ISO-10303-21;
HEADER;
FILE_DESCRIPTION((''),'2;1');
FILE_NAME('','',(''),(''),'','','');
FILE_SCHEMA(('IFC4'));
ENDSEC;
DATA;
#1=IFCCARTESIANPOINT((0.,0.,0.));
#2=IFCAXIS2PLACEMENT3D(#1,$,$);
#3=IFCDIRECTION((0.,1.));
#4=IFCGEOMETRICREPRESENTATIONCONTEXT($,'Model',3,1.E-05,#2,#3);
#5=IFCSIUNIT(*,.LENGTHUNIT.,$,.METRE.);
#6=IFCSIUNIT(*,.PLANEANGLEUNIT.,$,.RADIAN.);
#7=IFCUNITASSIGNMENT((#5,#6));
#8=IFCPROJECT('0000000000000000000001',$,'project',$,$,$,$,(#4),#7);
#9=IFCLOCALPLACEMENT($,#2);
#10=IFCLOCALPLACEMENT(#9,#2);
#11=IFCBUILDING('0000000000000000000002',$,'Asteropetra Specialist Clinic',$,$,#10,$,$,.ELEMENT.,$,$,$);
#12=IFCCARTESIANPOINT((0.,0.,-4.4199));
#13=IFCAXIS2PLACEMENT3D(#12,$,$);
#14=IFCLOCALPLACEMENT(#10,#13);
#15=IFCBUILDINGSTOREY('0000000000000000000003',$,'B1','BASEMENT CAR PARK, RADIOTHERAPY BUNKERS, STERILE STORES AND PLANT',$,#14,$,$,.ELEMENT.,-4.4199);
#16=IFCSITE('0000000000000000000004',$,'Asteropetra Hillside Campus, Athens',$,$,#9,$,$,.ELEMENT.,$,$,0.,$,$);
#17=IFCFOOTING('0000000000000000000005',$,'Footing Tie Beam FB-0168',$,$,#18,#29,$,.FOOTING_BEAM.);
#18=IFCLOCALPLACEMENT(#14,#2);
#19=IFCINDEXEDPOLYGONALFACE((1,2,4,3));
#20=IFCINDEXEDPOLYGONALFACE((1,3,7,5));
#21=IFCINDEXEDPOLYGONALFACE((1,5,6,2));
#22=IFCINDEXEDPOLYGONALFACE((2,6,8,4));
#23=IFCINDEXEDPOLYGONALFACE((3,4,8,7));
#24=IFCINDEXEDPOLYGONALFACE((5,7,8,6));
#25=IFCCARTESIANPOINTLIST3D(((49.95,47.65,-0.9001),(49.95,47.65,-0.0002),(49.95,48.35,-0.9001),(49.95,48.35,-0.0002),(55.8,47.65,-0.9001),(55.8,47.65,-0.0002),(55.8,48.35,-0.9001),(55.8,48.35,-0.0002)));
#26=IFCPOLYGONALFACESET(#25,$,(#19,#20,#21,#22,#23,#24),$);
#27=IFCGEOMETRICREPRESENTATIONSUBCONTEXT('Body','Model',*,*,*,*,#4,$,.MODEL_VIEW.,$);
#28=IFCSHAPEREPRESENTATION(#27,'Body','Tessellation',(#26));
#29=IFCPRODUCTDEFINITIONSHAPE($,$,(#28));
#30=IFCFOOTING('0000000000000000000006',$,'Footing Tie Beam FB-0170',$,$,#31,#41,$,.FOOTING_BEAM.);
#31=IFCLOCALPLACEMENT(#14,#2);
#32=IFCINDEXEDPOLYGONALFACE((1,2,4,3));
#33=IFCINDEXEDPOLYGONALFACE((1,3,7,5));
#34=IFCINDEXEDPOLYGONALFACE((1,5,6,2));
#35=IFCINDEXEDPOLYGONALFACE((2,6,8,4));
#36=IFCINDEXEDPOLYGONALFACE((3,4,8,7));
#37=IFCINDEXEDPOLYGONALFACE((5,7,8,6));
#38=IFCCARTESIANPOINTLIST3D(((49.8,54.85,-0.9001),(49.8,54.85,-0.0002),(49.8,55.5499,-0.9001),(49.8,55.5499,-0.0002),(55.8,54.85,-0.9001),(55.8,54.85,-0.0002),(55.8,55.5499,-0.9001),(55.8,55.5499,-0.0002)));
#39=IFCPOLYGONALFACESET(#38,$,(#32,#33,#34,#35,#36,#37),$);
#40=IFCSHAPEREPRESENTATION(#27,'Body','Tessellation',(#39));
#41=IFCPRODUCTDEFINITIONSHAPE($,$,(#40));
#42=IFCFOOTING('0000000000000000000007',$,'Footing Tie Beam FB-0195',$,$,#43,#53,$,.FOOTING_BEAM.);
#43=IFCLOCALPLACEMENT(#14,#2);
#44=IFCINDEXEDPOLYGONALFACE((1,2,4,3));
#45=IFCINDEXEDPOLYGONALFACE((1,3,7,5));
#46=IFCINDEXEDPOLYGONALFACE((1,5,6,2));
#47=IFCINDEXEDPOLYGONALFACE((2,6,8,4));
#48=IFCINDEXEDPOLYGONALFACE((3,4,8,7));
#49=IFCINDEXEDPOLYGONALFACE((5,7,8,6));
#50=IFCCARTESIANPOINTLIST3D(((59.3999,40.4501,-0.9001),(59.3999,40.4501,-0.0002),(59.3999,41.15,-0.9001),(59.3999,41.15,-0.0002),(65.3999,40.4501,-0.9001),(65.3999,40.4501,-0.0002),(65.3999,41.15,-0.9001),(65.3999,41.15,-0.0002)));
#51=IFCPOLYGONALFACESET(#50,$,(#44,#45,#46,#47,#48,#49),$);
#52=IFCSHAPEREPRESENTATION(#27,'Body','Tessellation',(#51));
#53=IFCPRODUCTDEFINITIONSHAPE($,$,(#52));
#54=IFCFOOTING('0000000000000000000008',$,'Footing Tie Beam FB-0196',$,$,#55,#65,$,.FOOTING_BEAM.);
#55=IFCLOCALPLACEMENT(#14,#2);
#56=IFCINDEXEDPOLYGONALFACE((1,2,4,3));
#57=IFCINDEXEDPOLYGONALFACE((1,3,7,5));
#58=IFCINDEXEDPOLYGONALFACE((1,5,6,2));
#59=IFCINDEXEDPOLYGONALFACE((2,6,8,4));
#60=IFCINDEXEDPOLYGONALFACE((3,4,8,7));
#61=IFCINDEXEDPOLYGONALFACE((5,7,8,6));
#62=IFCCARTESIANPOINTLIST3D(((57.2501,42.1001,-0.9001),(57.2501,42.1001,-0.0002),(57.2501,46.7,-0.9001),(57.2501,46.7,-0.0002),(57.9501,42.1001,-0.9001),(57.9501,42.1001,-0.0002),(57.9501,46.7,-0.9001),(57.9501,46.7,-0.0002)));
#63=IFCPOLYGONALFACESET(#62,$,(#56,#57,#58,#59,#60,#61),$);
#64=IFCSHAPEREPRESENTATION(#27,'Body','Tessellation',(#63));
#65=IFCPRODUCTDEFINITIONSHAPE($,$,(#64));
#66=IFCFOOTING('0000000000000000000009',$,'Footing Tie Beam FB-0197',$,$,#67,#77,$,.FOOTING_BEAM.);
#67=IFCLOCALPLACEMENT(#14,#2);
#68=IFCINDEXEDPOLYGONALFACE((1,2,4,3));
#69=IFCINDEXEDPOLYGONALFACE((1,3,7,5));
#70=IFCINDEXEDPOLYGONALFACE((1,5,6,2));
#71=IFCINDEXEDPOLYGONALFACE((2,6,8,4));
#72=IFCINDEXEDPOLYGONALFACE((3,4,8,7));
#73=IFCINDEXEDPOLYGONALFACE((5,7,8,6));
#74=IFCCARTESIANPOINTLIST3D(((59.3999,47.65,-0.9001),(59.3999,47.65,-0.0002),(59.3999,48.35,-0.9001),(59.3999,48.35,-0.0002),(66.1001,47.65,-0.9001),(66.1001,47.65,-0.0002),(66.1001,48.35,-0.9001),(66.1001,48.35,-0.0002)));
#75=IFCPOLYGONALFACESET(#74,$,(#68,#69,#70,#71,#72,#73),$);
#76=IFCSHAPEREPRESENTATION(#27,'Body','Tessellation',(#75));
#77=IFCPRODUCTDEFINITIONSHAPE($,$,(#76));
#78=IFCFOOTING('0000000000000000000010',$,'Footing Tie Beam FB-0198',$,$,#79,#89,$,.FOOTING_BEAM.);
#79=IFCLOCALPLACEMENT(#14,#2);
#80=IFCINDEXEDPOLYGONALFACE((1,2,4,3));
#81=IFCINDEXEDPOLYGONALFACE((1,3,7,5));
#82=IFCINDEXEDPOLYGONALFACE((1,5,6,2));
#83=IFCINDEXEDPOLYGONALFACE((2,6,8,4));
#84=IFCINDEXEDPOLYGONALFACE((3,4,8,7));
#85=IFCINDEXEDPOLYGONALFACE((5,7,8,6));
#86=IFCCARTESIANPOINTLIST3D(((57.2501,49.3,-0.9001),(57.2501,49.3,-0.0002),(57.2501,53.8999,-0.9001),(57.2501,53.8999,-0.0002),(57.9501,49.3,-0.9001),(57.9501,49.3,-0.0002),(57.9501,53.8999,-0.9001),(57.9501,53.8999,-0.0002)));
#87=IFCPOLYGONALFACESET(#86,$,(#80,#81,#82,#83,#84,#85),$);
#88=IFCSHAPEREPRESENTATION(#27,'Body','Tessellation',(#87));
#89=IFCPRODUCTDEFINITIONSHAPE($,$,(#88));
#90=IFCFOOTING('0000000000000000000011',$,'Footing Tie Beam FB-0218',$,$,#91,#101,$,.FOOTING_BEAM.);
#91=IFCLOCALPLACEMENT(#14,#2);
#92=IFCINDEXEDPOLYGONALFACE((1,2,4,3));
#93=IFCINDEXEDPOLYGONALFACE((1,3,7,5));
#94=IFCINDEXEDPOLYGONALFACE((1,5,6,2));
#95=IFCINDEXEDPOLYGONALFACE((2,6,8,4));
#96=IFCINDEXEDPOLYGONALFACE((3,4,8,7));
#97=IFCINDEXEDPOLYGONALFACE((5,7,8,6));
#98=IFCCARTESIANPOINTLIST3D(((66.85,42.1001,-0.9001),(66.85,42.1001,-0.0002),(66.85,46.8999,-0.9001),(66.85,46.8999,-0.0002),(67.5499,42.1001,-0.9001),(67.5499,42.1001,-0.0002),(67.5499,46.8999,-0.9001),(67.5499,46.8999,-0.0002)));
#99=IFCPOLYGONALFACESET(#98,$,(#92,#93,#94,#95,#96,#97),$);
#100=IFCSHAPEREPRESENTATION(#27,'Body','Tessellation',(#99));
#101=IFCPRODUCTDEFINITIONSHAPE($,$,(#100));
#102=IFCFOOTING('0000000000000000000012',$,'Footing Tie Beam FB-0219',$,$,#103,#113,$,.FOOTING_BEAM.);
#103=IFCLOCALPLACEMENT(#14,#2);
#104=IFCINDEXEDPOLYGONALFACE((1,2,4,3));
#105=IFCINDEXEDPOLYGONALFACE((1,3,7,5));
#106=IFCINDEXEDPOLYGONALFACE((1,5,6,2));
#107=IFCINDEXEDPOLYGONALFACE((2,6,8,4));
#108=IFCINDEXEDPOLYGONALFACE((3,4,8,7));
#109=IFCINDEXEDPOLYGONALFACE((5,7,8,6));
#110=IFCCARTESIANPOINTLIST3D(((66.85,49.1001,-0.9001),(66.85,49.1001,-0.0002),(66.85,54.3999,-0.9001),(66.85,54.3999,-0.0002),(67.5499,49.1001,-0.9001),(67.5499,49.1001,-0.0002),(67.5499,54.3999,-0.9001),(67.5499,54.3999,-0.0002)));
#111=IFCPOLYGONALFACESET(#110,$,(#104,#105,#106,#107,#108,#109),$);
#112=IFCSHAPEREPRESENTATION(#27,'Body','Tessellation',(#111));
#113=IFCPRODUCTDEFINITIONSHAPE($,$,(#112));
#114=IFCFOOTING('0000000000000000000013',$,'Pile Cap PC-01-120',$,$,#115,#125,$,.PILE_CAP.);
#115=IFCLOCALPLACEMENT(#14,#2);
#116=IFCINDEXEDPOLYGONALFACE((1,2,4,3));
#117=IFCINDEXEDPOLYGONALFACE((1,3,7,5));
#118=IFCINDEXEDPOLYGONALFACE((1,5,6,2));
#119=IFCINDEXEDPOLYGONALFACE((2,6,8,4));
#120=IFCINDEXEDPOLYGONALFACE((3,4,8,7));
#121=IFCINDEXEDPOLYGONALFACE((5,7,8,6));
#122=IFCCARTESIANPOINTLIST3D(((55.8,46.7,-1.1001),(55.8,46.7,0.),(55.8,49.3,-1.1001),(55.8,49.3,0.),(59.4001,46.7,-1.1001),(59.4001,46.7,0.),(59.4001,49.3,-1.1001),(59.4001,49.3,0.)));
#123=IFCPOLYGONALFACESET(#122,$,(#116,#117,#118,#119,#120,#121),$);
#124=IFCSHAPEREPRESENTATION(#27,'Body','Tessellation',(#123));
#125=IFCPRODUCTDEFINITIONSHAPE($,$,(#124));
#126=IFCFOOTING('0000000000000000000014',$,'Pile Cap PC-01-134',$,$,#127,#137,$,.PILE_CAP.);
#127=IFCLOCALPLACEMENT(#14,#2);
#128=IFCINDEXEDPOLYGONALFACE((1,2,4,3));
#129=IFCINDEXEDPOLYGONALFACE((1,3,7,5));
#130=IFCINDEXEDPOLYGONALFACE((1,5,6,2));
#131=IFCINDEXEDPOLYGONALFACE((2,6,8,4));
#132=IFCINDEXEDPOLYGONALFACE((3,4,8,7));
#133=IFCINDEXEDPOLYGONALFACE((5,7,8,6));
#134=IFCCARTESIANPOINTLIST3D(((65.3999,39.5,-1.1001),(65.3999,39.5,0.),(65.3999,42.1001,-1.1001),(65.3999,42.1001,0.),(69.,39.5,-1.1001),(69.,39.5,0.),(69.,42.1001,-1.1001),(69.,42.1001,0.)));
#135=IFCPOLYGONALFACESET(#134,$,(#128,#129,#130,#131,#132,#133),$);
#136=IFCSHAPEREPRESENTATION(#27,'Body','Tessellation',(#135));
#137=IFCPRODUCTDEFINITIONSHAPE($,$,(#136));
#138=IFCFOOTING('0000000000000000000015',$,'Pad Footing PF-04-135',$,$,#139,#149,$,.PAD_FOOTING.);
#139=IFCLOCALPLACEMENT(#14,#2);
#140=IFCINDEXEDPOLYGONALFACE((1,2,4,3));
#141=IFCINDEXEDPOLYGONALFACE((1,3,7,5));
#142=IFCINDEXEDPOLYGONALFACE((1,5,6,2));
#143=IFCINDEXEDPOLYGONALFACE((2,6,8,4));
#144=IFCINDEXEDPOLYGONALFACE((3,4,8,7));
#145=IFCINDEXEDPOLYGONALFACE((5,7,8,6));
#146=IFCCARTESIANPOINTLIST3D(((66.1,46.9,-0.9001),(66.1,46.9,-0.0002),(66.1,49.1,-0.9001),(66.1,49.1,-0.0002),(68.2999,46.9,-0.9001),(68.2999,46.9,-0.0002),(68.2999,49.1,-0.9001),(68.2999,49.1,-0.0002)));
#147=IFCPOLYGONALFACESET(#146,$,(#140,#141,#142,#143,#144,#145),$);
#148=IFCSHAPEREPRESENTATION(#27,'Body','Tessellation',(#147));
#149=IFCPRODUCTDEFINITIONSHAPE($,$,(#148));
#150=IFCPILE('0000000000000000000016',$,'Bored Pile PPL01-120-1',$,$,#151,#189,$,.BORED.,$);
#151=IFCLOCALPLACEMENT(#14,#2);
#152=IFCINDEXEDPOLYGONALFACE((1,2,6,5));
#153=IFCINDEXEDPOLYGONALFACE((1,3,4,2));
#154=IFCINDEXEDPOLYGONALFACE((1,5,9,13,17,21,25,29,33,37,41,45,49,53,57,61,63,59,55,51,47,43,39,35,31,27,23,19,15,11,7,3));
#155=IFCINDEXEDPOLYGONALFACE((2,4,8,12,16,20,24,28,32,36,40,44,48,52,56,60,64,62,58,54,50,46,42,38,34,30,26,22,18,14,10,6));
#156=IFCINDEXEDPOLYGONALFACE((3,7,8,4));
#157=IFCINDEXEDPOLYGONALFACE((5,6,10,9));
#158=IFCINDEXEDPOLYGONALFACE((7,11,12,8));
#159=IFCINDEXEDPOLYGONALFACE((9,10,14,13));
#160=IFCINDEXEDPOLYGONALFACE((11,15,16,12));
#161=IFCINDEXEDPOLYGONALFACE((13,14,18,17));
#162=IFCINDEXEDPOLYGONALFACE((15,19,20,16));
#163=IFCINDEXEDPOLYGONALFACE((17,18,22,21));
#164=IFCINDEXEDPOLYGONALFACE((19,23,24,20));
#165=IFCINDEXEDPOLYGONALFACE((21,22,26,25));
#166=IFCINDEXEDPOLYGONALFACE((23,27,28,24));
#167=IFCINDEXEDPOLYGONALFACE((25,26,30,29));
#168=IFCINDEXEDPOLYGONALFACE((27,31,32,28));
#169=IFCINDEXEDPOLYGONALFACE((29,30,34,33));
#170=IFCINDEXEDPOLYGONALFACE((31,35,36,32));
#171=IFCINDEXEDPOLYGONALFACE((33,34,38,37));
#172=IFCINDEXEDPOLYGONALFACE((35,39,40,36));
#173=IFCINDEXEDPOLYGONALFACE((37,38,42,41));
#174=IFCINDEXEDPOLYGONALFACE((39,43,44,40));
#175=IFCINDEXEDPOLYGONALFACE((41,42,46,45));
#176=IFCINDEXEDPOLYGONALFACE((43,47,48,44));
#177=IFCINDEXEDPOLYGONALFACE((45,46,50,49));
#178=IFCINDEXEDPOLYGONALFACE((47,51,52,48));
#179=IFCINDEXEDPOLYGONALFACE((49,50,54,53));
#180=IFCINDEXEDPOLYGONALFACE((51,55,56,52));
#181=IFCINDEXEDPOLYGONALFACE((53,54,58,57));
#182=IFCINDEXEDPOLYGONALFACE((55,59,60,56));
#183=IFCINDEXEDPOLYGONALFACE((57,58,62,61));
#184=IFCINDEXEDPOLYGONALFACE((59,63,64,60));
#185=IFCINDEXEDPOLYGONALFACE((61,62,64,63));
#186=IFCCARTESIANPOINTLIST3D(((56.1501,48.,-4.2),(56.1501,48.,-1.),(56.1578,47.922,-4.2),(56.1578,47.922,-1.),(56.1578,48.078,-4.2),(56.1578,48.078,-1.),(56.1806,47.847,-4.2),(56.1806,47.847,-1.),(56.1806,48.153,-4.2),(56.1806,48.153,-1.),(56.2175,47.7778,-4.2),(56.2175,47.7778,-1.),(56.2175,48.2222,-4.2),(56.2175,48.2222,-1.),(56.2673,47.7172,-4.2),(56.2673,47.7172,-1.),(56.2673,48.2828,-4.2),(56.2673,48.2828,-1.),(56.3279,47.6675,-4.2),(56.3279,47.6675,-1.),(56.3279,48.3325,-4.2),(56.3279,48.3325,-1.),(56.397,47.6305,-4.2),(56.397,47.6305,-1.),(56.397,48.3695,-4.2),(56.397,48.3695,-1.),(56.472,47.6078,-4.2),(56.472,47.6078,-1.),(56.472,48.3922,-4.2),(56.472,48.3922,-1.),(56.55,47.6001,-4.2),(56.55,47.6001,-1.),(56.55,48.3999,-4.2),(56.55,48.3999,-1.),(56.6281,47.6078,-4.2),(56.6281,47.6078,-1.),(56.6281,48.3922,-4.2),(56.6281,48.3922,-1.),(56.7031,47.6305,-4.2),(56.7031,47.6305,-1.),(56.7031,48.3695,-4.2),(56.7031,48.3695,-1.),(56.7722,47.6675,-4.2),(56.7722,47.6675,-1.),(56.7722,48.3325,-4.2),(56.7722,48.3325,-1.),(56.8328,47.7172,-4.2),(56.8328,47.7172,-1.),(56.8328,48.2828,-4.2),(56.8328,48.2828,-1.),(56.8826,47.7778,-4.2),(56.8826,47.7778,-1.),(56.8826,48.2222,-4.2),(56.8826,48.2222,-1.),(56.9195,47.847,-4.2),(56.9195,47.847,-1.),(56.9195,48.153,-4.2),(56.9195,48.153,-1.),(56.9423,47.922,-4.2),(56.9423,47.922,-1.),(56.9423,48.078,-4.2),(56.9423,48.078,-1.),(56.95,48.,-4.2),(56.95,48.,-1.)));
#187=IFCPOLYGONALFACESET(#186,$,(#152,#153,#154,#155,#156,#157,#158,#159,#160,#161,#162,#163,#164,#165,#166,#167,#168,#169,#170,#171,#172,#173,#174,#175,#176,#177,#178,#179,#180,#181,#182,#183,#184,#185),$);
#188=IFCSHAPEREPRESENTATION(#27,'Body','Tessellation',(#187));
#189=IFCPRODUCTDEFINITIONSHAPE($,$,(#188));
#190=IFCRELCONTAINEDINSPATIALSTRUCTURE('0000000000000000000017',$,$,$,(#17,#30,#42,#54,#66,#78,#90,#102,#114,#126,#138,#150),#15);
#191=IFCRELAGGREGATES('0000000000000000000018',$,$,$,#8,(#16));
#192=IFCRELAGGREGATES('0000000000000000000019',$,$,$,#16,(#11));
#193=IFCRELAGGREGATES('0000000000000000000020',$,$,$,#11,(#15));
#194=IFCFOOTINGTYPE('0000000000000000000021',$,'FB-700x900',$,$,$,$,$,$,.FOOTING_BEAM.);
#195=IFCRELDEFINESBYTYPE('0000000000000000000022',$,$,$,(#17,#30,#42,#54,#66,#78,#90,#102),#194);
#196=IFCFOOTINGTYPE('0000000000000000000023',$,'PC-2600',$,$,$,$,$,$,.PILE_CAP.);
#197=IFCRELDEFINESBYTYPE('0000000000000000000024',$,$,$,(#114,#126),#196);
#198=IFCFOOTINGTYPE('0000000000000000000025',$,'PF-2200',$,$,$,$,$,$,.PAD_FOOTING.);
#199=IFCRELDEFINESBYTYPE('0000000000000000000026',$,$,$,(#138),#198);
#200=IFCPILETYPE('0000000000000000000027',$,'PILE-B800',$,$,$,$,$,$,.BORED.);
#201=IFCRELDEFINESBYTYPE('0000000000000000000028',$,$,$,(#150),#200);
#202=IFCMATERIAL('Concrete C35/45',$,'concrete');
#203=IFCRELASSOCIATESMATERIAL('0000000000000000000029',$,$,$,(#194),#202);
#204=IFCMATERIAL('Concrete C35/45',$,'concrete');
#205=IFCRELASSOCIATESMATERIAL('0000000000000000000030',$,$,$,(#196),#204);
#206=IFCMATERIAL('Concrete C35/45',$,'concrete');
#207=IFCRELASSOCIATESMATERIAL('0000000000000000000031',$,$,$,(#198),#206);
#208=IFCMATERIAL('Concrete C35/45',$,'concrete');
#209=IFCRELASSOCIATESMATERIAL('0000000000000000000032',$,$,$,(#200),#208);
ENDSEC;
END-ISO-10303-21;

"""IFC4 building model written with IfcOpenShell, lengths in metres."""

from ifc_helpers import new_model, si_unit, direction, frame, origin, origin_2d, place, context, subcontext, project, spatial, rectangle, circle, extrude, material, material_profile, profile_set, type_object, element, save


model = new_model("IFC4")

# Units and contexts
model_context = context("Model", 3, precision=1e-05, world=origin(), true_north=direction((0.0, 1.0)))
body_context = subcontext(model_context, "Body", "Model", "MODEL_VIEW")
ifc_project = project(units=[si_unit("LENGTHUNIT", "METRE"), si_unit("PLANEANGLEUNIT", "RADIAN")], contexts=[model_context])

# Site, building, storey
site_placement = place(None, origin())
site = spatial("IfcSite", under=ifc_project, at=site_placement, Name="Asteropetra Hillside Campus, Athens", CompositionType="ELEMENT", RefElevation=0.0)
building_placement = place(site_placement, origin())
building = spatial("IfcBuilding", under=site, at=building_placement, Name="Asteropetra Specialist Clinic", CompositionType="ELEMENT")
storey_placement = place(building_placement, frame((0.0, 0.0, -4.4199)))
storey = spatial("IfcBuildingStorey", under=building, at=storey_placement, Name="B1", Description="BASEMENT CAR PARK, RADIOTHERAPY BUNKERS, STERILE STORES AND PLANT", CompositionType="ELEMENT", Elevation=-4.4199)

# Footings
ifc_material_1 = material(Name="Concrete C35/45", Category="concrete")
ifc_material_profile_1 = material_profile(ifc_material_1, rectangle(XDim=0.7, YDim=0.8999, at=origin_2d()), Name="FB 700x900")
ifc_profile_set_1 = profile_set([ifc_material_profile_1], Name="Concrete C35/45")
footing_type_1 = type_object("IfcFootingType", Name="FB-700x900", PredefinedType="FOOTING_BEAM", material=ifc_profile_set_1)
footing_1_placement = place(storey_placement, frame((49.95, 48.0, -0.4502), z_axis=(1.0, 0.0, 0.0), x_axis=(0.0, 1.0, 0.0)))
element("IfcFooting", 1, at=footing_1_placement, inside=storey, type_object=footing_type_1, Name="Footing Tie Beam FB-0168", PredefinedType="FOOTING_BEAM", context=body_context, shape_type="SweptSolid", body=[
    extrude(rectangle(XDim=0.7, YDim=0.8999, at=origin_2d()), origin(), (0.0, 0.0, 1.0), 5.8501),
])
for number, where, z_axis, x_axis, name in (
    (2, (49.8, 55.2, -0.4502), (1.0, 0.0, 0.0), (0.0, 1.0, 0.0), "Footing Tie Beam FB-0170"),
    (3, (59.3999, 40.8, -0.4502), (1.0, 0.0, 0.0), (0.0, 1.0, 0.0), "Footing Tie Beam FB-0195"),
):
    element("IfcFooting", number, at=place(storey_placement, frame(where, z_axis=z_axis, x_axis=x_axis)), inside=storey, type_object=footing_type_1, Name=name, PredefinedType="FOOTING_BEAM", context=body_context, shape_type="SweptSolid", body=[
        extrude(rectangle(XDim=0.7, YDim=0.8999, at=origin_2d()), origin(), (0.0, 0.0, 1.0), 6.0),
    ])
footing_2_placement = place(storey_placement, frame((57.6001, 42.1001, -0.4502), z_axis=(0.0, 1.0, 0.0), x_axis=(-1.0, 0.0, 0.0)))
element("IfcFooting", 4, at=footing_2_placement, inside=storey, type_object=footing_type_1, Name="Footing Tie Beam FB-0196", PredefinedType="FOOTING_BEAM", context=body_context, shape_type="SweptSolid", body=[
    extrude(rectangle(XDim=0.7, YDim=0.8999, at=origin_2d()), origin(), (0.0, 0.0, 1.0), 4.5999),
])
footing_3_placement = place(storey_placement, frame((59.3999, 48.0, -0.4502), z_axis=(1.0, 0.0, 0.0), x_axis=(0.0, 1.0, 0.0)))
element("IfcFooting", 5, at=footing_3_placement, inside=storey, type_object=footing_type_1, Name="Footing Tie Beam FB-0197", PredefinedType="FOOTING_BEAM", context=body_context, shape_type="SweptSolid", body=[
    extrude(rectangle(XDim=0.7, YDim=0.8999, at=origin_2d()), origin(), (0.0, 0.0, 1.0), 6.7002),
])
footing_4_placement = place(storey_placement, frame((57.6001, 49.3, -0.4502), z_axis=(0.0, 1.0, 0.0), x_axis=(-1.0, 0.0, 0.0)))
element("IfcFooting", 6, at=footing_4_placement, inside=storey, type_object=footing_type_1, Name="Footing Tie Beam FB-0198", PredefinedType="FOOTING_BEAM", context=body_context, shape_type="SweptSolid", body=[
    extrude(rectangle(XDim=0.7, YDim=0.8999, at=origin_2d()), origin(), (0.0, 0.0, 1.0), 4.5999),
])
footing_5_placement = place(storey_placement, frame((67.2, 42.1001, -0.4502), z_axis=(0.0, 1.0, 0.0), x_axis=(-1.0, 0.0, 0.0)))
element("IfcFooting", 7, at=footing_5_placement, inside=storey, type_object=footing_type_1, Name="Footing Tie Beam FB-0218", PredefinedType="FOOTING_BEAM", context=body_context, shape_type="SweptSolid", body=[
    extrude(rectangle(XDim=0.7, YDim=0.8999, at=origin_2d()), origin(), (0.0, 0.0, 1.0), 4.7998),
])
footing_6_placement = place(storey_placement, frame((67.2, 49.1001, -0.4502), z_axis=(0.0, 1.0, 0.0), x_axis=(-1.0, 0.0, 0.0)))
element("IfcFooting", 8, at=footing_6_placement, inside=storey, type_object=footing_type_1, Name="Footing Tie Beam FB-0219", PredefinedType="FOOTING_BEAM", context=body_context, shape_type="SweptSolid", body=[
    extrude(rectangle(XDim=0.7, YDim=0.8999, at=origin_2d()), origin(), (0.0, 0.0, 1.0), 5.2998),
])
ifc_material_2 = material(Name="Concrete C35/45", Category="concrete")
footing_type_2 = type_object("IfcFootingType", Name="PC-2600", PredefinedType="PILE_CAP", material=ifc_material_2)
for number, where, z_axis, x_axis, name in (
    (9, (57.6001, 48.0, -1.1001), (0.0, 0.0, 1.0), (1.0, 0.0, 0.0), "Pile Cap PC-01-120"),
    (10, (67.2, 40.8, -1.1001), (0.0, 0.0, 1.0), (1.0, 0.0, 0.0), "Pile Cap PC-01-134"),
):
    element("IfcFooting", number, at=place(storey_placement, frame(where, z_axis=z_axis, x_axis=x_axis)), inside=storey, type_object=footing_type_2, Name=name, PredefinedType="PILE_CAP", context=body_context, shape_type="SweptSolid", body=[
        extrude(rectangle(XDim=3.6001, YDim=2.6001, at=origin_2d()), origin(), (0.0, 0.0, 1.0), 1.1001),
    ])
ifc_material_3 = material(Name="Concrete C35/45", Category="concrete")
footing_type_3 = type_object("IfcFootingType", Name="PF-2200", PredefinedType="PAD_FOOTING", material=ifc_material_3)
footing_7_placement = place(storey_placement, frame((67.2, 48.0, -0.9001), z_axis=(0.0, 0.0, 1.0), x_axis=(1.0, 0.0, 0.0)))
element("IfcFooting", 11, at=footing_7_placement, inside=storey, type_object=footing_type_3, Name="Pad Footing PF-04-135", PredefinedType="PAD_FOOTING", context=body_context, shape_type="SweptSolid", body=[
    extrude(rectangle(XDim=2.2, YDim=2.2, at=origin_2d()), origin(), (0.0, 0.0, 1.0), 0.8999),
])

# Pile
ifc_material_4 = material(Name="Concrete C35/45", Category="concrete")
ifc_material_profile_2 = material_profile(ifc_material_4, circle(Radius=0.3999, at=origin_2d()), Name="PILE D800")
ifc_profile_set_2 = profile_set([ifc_material_profile_2], Name="Concrete C35/45")
pile_type_1 = type_object("IfcPileType", Name="PILE-B800", PredefinedType="BORED", material=ifc_profile_set_2)
for number, where, z_axis, x_axis, name in (
    (12, (56.55, 48.0, -1.0), (0.0, 0.0, -1.0), (1.0, 0.0, 0.0), "Bored Pile PPL01-120-1"),
):
    element("IfcPile", number, at=place(storey_placement, frame(where, z_axis=z_axis, x_axis=x_axis)), inside=storey, type_object=pile_type_1, Name=name, PredefinedType="BORED", context=body_context, shape_type="SweptSolid", body=[
        extrude(circle(Radius=0.3999, at=origin_2d()), origin(), (0.0, 0.0, 1.0), 3.2),
    ])

save(model, "model.ifc")
